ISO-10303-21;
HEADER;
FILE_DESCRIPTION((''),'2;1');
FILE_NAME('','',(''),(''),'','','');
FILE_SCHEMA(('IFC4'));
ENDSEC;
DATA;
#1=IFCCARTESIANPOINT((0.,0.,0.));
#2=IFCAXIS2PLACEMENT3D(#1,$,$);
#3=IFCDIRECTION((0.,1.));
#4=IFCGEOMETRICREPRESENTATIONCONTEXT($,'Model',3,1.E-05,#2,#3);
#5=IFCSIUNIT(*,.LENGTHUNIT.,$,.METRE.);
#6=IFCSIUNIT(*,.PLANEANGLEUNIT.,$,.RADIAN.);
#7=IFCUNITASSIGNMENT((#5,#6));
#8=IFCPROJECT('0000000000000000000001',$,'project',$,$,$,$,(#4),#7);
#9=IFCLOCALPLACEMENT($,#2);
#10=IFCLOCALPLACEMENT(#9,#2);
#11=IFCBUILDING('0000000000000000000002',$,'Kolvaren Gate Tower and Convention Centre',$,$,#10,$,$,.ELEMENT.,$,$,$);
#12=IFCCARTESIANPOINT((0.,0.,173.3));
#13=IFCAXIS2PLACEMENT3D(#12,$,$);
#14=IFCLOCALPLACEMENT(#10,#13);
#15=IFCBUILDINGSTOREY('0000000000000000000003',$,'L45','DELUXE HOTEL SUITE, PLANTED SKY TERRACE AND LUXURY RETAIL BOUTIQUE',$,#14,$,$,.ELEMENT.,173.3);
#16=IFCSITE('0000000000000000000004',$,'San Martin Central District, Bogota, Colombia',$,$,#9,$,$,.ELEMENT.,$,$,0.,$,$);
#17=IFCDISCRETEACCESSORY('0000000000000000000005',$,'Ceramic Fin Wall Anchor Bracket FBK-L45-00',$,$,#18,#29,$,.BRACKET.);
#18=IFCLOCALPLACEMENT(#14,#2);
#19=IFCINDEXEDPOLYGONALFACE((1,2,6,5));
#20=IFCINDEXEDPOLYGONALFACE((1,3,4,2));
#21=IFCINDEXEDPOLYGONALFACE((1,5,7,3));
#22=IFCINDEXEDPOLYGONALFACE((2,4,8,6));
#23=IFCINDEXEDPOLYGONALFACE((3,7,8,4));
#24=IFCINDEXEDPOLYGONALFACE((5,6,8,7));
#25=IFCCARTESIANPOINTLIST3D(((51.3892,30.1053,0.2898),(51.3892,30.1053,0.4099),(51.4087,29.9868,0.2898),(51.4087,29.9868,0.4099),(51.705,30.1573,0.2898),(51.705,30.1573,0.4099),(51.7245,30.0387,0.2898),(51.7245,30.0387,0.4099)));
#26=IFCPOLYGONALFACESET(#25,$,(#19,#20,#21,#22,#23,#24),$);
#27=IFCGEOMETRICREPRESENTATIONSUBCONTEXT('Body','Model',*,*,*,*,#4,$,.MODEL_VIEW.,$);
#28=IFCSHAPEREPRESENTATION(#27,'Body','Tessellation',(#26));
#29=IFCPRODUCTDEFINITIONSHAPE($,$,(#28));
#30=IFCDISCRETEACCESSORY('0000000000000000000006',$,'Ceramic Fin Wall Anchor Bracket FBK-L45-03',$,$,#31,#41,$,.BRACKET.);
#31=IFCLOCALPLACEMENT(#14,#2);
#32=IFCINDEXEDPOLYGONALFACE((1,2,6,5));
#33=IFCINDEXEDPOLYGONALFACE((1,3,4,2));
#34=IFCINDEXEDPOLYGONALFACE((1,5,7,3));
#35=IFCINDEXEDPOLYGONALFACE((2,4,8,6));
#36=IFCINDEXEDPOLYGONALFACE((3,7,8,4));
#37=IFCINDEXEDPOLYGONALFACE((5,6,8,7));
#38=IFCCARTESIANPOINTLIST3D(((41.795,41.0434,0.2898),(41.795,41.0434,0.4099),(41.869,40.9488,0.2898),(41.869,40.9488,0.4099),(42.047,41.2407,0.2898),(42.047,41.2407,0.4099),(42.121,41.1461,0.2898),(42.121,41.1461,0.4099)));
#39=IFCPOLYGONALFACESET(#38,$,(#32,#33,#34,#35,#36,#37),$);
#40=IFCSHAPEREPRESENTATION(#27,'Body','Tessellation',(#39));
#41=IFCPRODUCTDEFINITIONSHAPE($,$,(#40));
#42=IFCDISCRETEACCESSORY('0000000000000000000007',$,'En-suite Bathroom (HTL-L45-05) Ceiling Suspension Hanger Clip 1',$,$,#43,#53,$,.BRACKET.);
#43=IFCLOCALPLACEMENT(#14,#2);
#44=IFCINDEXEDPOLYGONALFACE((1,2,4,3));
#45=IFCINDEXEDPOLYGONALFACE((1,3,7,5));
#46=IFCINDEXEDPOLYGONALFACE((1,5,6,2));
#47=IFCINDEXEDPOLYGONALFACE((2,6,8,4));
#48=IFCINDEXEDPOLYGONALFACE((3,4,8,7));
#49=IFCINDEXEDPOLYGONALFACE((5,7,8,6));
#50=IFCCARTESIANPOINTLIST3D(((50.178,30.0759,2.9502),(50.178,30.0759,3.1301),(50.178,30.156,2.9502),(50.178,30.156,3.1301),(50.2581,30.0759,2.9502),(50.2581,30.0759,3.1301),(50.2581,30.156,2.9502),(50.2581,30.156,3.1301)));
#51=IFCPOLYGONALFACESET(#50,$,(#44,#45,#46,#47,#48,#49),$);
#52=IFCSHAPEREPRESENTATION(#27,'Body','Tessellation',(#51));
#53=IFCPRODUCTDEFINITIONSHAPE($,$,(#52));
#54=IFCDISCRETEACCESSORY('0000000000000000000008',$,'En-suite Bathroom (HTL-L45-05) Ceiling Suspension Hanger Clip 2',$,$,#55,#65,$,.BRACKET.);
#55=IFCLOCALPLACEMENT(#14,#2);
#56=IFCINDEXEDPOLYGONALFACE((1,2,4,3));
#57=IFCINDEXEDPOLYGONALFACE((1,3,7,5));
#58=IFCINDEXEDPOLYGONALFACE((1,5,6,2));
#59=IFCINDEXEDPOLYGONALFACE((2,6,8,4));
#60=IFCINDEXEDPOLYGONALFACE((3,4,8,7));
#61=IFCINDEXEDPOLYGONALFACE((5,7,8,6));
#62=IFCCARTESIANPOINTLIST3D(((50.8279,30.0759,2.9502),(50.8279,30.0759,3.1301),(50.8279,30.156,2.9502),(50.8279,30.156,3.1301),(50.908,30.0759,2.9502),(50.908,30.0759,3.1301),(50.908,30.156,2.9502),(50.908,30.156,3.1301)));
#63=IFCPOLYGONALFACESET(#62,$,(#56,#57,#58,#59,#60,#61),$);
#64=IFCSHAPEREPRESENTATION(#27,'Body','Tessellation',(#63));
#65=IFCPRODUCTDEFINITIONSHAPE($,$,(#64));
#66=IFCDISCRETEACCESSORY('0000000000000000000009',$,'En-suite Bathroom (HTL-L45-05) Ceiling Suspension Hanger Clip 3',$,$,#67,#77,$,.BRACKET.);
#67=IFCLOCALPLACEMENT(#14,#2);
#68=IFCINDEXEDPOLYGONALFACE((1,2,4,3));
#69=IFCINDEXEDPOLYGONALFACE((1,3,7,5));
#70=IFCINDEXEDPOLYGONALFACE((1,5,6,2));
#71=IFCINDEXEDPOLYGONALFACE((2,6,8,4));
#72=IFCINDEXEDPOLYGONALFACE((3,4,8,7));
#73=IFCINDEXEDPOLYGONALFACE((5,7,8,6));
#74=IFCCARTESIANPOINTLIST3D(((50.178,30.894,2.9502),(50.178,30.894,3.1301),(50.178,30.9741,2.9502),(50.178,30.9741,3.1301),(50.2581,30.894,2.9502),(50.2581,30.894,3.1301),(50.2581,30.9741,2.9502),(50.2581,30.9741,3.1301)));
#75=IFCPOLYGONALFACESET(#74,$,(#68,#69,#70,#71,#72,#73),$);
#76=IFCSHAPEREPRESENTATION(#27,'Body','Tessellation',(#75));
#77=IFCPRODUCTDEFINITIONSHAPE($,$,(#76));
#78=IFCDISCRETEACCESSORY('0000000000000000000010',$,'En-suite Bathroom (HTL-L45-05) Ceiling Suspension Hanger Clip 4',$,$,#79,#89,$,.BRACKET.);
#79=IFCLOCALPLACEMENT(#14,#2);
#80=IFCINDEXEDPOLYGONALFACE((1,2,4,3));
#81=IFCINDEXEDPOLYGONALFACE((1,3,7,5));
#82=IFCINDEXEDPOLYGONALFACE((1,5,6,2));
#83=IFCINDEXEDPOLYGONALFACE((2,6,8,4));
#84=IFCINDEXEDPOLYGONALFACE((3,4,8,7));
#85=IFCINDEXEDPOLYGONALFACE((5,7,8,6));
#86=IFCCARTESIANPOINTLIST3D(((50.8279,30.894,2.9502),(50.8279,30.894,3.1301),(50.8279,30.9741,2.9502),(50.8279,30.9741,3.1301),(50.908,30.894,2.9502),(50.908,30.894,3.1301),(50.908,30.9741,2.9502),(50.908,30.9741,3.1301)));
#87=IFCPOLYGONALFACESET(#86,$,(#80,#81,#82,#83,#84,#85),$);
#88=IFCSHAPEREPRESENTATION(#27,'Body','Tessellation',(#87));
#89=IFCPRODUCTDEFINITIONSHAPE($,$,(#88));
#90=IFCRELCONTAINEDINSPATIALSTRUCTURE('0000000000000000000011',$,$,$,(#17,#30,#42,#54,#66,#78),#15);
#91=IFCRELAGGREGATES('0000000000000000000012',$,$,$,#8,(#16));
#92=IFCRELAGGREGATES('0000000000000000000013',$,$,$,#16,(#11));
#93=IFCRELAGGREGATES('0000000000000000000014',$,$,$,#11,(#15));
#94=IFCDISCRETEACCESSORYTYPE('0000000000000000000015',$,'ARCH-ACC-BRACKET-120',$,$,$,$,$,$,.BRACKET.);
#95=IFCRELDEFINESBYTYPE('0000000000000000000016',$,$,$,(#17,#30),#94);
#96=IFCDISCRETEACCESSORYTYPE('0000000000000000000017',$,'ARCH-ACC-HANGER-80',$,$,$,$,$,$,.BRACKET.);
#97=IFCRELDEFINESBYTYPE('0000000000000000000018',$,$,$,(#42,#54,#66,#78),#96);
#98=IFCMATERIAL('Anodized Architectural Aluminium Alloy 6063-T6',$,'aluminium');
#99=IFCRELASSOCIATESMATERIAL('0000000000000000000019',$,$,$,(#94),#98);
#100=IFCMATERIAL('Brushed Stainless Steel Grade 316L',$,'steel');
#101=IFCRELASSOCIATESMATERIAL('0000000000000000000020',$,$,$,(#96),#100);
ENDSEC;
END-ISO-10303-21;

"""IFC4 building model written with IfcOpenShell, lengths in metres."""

from ifc_helpers import new_model, si_unit, direction, frame, origin, origin_2d, place, context, subcontext, project, spatial, rectangle, extrude, material, type_object, element, save


model = new_model("IFC4")

# Units and contexts
model_context = context("Model", 3, precision=1e-05, world=origin(), true_north=direction((0.0, 1.0)))
body_context = subcontext(model_context, "Body", "Model", "MODEL_VIEW")
ifc_project = project(units=[si_unit("LENGTHUNIT", "METRE"), si_unit("PLANEANGLEUNIT", "RADIAN")], contexts=[model_context])

# Site, building, storey
site_placement = place(None, origin())
site = spatial("IfcSite", under=ifc_project, at=site_placement, Name="San Martin Central District, Bogota, Colombia", CompositionType="ELEMENT", RefElevation=0.0)
building_placement = place(site_placement, origin())
building = spatial("IfcBuilding", under=site, at=building_placement, Name="Kolvaren Gate Tower and Convention Centre", CompositionType="ELEMENT")
storey_placement = place(building_placement, frame((0.0, 0.0, 173.3)))
storey = spatial("IfcBuildingStorey", under=building, at=storey_placement, Name="L45", Description="DELUXE HOTEL SUITE, PLANTED SKY TERRACE AND LUXURY RETAIL BOUTIQUE", CompositionType="ELEMENT", Elevation=173.3)

# Discrete accessories
ifc_material_1 = material(Name="Anodized Architectural Aluminium Alloy 6063-T6", Category="aluminium")
discrete_accessory_type_1 = type_object("IfcDiscreteAccessoryType", Name="ARCH-ACC-BRACKET-120", PredefinedType="BRACKET", material=ifc_material_1)
for number, where, z_axis, x_axis, name in (
    (1, (51.5569, 30.072, 0.2898), (0.0, 0.0, 1.0), (0.162381, -0.986728, 0.0), "Ceramic Fin Wall Anchor Bracket FBK-L45-00"),
    (2, (41.958, 41.0947, 0.2898), (0.0, 0.0, 1.0), (0.616434, -0.787406, 0.0), "Ceramic Fin Wall Anchor Bracket FBK-L45-03"),
):
    element("IfcDiscreteAccessory", number, at=place(storey_placement, frame(where, z_axis=z_axis, x_axis=x_axis)), inside=storey, type_object=discrete_accessory_type_1, Name=name, PredefinedType="BRACKET", context=body_context, shape_type="SweptSolid", body=[
        extrude(rectangle(XDim=0.1201, YDim=0.3201, at=origin_2d()), origin(), (0.0, 0.0, 1.0), 0.1201),
    ])
ifc_material_2 = material(Name="Brushed Stainless Steel Grade 316L", Category="steel")
discrete_accessory_type_2 = type_object("IfcDiscreteAccessoryType", Name="ARCH-ACC-HANGER-80", PredefinedType="BRACKET", material=ifc_material_2)
for number, where, z_axis, x_axis, name in (
    (3, (50.218, 30.116, 2.9502), (0.0, 0.0, 1.0), (1.0, 0.0, 0.0), "En-suite Bathroom (HTL-L45-05) Ceiling Suspension Hanger Clip 1"),
    (4, (50.8679, 30.116, 2.9502), (0.0, 0.0, 1.0), (1.0, 0.0, 0.0), "En-suite Bathroom (HTL-L45-05) Ceiling Suspension Hanger Clip 2"),
    (5, (50.218, 30.9341, 2.9502), (0.0, 0.0, 1.0), (1.0, 0.0, 0.0), "En-suite Bathroom (HTL-L45-05) Ceiling Suspension Hanger Clip 3"),
    (6, (50.8679, 30.9341, 2.9502), (0.0, 0.0, 1.0), (1.0, 0.0, 0.0), "En-suite Bathroom (HTL-L45-05) Ceiling Suspension Hanger Clip 4"),
):
    element("IfcDiscreteAccessory", number, at=place(storey_placement, frame(where, z_axis=z_axis, x_axis=x_axis)), inside=storey, type_object=discrete_accessory_type_2, Name=name, PredefinedType="BRACKET", context=body_context, shape_type="SweptSolid", body=[
        extrude(rectangle(XDim=0.0801, YDim=0.0801, at=origin_2d()), origin(), (0.0, 0.0, 1.0), 0.1799),
    ])

save(model, "model.ifc")
